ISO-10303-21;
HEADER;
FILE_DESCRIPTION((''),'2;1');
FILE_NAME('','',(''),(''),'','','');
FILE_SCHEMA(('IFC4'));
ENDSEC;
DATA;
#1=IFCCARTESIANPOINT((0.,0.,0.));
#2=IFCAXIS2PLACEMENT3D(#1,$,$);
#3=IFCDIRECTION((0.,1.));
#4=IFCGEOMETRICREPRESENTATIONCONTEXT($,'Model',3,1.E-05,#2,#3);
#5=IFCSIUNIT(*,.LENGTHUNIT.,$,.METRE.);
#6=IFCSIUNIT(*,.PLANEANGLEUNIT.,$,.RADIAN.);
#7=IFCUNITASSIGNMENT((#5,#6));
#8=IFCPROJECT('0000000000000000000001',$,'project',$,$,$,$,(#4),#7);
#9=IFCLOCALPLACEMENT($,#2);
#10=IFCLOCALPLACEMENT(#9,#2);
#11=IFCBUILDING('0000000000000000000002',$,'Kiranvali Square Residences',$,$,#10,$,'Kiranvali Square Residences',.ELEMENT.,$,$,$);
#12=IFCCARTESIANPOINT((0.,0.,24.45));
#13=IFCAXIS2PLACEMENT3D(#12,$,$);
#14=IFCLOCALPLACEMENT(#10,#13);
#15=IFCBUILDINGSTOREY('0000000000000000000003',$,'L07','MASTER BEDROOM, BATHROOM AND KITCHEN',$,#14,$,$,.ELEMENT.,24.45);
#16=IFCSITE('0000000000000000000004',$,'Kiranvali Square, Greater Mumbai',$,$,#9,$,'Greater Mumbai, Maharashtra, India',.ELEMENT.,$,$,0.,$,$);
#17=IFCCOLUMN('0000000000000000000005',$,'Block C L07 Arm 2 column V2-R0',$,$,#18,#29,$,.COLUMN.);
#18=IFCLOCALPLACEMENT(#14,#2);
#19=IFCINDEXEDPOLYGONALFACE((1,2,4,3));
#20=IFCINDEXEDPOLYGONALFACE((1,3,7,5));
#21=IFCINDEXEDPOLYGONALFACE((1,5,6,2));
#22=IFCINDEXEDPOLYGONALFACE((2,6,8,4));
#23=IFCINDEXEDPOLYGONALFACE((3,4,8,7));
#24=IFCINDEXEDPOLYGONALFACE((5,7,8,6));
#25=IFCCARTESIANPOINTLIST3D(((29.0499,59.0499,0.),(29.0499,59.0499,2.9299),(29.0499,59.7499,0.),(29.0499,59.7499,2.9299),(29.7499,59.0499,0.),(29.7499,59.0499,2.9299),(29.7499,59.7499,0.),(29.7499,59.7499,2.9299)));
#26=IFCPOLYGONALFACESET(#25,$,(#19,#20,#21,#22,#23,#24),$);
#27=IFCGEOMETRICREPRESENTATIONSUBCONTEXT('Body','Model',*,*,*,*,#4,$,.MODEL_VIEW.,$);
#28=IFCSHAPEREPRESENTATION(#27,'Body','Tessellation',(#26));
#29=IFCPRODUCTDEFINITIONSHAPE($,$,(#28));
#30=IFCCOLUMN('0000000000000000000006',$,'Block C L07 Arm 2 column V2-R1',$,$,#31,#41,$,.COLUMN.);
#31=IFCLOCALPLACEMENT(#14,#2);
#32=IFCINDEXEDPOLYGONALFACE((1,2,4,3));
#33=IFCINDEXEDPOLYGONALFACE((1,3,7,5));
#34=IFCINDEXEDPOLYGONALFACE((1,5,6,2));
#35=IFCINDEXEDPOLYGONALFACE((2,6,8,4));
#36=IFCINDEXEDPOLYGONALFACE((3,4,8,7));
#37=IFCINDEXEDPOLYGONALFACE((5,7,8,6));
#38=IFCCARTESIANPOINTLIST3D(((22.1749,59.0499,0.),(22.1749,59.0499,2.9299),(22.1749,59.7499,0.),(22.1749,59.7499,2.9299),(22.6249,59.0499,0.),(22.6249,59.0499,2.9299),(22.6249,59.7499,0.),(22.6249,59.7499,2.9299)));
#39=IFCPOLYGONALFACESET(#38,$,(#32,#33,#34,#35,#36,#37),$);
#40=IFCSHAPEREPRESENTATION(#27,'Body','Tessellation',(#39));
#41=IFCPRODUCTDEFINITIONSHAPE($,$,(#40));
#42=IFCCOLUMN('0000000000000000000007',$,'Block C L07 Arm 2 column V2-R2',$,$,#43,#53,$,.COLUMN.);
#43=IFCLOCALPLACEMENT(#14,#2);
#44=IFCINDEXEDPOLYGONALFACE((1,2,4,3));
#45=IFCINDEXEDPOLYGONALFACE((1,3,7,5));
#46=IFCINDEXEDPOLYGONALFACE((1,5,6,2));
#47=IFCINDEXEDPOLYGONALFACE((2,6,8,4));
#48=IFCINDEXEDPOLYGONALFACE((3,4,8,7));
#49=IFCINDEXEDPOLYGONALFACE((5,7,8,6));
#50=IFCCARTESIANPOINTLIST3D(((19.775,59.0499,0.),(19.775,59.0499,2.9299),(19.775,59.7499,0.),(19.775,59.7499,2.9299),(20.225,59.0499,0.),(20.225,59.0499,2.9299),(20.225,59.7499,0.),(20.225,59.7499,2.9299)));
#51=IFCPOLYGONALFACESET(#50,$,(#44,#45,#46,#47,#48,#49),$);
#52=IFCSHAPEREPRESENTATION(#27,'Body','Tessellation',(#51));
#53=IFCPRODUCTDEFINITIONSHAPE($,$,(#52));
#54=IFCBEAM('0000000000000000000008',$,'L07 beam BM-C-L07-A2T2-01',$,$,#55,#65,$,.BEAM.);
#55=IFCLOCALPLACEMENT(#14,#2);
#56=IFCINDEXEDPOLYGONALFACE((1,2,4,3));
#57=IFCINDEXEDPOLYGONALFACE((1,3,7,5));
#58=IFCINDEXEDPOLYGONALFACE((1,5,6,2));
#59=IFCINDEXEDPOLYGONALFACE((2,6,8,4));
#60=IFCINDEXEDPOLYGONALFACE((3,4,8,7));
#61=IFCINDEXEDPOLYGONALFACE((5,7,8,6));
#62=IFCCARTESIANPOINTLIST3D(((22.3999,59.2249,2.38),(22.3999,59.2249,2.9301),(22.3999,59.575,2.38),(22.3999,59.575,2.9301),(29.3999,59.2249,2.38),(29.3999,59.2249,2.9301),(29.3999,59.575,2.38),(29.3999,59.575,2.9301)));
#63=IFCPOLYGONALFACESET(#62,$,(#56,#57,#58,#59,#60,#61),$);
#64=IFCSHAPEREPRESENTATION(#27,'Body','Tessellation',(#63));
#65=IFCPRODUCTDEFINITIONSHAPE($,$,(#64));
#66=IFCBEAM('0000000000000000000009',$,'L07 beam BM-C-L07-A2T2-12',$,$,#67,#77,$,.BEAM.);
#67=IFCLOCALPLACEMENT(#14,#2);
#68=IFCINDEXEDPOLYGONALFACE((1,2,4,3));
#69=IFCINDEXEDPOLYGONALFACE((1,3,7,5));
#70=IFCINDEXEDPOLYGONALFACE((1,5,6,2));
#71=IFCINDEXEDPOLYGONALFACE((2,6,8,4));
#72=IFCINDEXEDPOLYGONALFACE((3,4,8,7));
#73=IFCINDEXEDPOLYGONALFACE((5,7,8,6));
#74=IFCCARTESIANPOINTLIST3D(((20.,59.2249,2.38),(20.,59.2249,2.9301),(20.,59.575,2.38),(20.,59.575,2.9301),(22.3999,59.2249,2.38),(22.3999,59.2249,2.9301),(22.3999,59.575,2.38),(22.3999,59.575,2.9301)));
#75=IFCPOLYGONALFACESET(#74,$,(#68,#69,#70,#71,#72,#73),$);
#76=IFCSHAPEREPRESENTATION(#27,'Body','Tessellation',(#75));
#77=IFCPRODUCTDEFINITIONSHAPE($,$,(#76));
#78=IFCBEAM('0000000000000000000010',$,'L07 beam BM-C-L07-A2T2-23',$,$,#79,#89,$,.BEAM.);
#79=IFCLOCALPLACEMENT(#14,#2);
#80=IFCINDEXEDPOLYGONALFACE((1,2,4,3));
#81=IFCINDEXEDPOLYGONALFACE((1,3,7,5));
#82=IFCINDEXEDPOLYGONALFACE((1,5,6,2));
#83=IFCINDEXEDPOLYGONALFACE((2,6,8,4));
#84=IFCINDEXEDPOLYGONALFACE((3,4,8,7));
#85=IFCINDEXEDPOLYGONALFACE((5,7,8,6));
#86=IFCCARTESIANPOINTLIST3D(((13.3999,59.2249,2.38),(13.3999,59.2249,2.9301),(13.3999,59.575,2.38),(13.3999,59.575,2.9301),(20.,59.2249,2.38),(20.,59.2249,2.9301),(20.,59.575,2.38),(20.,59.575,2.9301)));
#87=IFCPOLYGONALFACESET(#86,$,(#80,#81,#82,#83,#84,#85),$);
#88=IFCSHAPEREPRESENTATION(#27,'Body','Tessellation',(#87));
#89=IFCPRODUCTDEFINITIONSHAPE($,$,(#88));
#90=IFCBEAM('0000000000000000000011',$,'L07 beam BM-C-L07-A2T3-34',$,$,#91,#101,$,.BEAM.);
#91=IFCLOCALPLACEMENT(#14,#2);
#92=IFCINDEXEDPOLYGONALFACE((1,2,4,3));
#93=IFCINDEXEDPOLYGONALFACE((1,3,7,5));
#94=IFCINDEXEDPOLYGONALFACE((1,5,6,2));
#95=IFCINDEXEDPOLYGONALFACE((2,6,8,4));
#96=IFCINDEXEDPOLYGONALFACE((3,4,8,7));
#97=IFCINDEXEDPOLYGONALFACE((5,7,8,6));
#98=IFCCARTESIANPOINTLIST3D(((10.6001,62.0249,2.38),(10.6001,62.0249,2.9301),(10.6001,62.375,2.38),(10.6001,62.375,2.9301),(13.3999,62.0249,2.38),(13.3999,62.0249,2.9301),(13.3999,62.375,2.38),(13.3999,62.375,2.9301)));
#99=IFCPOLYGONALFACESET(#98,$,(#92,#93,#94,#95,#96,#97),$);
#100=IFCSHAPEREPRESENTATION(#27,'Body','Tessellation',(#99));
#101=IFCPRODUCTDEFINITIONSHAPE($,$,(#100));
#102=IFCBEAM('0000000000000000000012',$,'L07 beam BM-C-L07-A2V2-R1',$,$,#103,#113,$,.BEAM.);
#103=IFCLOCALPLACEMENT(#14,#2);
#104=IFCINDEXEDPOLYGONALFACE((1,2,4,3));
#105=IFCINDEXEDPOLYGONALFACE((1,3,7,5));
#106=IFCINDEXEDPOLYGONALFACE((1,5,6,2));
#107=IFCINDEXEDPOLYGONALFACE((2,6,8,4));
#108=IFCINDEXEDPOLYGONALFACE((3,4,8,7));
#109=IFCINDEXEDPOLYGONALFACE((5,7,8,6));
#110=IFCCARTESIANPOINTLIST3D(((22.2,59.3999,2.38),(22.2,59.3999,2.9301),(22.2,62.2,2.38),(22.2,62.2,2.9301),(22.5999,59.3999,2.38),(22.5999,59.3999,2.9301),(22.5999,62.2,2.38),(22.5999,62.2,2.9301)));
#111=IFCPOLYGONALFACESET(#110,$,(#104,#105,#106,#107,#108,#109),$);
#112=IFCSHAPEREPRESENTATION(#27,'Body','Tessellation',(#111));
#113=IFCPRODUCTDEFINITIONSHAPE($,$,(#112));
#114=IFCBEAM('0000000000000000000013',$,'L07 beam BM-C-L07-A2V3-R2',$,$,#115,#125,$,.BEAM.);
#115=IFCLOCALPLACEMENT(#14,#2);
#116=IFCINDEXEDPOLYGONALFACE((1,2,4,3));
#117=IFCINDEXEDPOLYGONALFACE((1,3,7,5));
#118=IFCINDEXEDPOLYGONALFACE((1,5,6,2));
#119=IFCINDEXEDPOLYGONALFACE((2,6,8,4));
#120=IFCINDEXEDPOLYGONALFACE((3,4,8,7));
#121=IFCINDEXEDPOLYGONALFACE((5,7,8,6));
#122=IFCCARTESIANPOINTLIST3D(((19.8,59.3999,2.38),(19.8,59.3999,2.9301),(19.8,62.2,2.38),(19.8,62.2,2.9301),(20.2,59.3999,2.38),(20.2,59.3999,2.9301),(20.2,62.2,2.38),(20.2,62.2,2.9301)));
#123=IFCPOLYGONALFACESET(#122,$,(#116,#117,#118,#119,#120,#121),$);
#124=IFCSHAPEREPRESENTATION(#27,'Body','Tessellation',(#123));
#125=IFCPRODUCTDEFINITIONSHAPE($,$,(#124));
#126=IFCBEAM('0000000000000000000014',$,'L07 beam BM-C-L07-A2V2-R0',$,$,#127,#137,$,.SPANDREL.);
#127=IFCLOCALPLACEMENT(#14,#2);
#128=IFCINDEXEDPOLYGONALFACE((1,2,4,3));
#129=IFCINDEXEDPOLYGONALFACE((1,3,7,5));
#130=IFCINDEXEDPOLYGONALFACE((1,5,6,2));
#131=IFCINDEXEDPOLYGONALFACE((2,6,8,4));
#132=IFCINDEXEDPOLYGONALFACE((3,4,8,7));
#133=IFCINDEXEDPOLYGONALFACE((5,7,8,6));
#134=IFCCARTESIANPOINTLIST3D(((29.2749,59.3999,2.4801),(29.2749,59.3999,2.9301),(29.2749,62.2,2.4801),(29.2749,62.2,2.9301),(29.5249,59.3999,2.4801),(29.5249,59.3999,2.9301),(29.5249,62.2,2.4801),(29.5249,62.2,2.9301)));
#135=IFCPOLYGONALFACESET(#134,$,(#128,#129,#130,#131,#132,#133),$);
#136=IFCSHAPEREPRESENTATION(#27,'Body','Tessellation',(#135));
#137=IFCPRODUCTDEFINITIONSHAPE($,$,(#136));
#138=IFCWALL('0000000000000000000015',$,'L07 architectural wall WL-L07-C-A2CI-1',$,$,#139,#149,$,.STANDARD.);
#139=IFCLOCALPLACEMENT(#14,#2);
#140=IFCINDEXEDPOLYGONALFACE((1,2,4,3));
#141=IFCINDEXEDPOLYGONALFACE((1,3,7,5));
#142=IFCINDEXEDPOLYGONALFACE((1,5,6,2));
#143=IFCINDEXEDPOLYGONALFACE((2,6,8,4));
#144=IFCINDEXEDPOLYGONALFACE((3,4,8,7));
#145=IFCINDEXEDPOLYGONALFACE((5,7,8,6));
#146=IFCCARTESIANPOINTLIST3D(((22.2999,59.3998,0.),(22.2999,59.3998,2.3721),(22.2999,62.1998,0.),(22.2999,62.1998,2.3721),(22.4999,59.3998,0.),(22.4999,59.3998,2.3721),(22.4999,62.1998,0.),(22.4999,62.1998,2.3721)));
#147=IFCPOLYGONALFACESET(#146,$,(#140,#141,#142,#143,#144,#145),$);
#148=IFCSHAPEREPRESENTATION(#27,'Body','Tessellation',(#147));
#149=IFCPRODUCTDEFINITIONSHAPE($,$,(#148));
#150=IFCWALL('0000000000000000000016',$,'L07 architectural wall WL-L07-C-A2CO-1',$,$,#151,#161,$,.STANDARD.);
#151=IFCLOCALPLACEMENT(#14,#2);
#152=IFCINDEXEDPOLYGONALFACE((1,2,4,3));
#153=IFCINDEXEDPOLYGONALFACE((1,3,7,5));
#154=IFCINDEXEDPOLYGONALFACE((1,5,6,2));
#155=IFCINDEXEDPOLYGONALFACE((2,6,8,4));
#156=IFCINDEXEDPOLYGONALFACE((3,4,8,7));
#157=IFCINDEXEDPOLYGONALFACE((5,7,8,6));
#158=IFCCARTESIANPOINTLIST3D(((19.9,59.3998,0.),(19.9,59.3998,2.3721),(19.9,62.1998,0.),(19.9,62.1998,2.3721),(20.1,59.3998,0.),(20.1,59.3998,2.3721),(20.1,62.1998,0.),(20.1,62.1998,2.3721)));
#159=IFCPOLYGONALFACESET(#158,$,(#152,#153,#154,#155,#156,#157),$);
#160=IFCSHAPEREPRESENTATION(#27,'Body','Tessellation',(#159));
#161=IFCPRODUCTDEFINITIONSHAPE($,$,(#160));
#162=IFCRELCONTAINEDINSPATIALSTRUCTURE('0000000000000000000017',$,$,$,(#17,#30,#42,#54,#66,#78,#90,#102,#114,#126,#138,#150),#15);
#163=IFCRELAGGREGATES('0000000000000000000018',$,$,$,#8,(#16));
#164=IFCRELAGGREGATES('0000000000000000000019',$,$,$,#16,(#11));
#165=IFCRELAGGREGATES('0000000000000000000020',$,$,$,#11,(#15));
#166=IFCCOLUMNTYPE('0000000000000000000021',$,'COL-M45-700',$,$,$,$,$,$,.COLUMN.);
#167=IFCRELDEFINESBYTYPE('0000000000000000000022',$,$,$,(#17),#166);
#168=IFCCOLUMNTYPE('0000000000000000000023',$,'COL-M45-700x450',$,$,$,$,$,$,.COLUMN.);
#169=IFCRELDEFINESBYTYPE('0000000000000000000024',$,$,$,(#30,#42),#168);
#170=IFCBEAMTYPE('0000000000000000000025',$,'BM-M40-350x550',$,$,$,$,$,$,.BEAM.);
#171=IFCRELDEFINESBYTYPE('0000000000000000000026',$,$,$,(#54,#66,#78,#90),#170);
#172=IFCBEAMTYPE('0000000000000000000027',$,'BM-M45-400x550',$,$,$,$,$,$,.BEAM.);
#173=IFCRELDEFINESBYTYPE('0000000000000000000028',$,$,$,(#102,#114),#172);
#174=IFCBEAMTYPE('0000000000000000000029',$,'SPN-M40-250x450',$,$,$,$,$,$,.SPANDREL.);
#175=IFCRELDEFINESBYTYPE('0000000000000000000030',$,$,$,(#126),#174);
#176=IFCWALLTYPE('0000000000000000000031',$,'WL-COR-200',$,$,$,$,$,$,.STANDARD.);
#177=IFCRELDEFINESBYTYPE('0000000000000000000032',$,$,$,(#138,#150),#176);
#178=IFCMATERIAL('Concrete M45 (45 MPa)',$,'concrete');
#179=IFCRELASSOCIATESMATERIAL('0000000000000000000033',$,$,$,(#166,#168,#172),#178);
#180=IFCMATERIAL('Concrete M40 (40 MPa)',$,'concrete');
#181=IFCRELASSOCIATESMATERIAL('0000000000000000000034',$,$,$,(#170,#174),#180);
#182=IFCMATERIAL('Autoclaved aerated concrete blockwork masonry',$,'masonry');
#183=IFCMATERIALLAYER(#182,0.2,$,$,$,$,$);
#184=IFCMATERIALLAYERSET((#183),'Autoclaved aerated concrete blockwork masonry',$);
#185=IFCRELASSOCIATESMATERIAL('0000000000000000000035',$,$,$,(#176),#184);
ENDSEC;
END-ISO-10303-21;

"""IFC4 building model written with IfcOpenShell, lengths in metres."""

from ifc_helpers import new_model, si_unit, direction, frame, frame_2d, origin, origin_2d, place, context, subcontext, project, spatial, rectangle, extrude, material, layer, layer_set, material_profile, profile_set, type_object, element, save


model = new_model("IFC4")

# Units and contexts
model_context = context("Model", 3, precision=1e-05, world=origin(), true_north=direction((0.0, 1.0)))
body_context = subcontext(model_context, "Body", "Model", "MODEL_VIEW")
ifc_project = project(units=[si_unit("LENGTHUNIT", "METRE"), si_unit("PLANEANGLEUNIT", "RADIAN")], contexts=[model_context])

# Site, building, storey
site_placement = place(None, origin())
site = spatial("IfcSite", under=ifc_project, at=site_placement, Name="Kiranvali Square, Greater Mumbai", LongName="Greater Mumbai, Maharashtra, India", CompositionType="ELEMENT", RefElevation=0.0)
building_placement = place(site_placement, origin())
building = spatial("IfcBuilding", under=site, at=building_placement, Name="Kiranvali Square Residences", LongName="Kiranvali Square Residences", CompositionType="ELEMENT")
storey_placement = place(building_placement, frame((0.0, 0.0, 24.45)))
storey = spatial("IfcBuildingStorey", under=building, at=storey_placement, Name="L07", Description="MASTER BEDROOM, BATHROOM AND KITCHEN", CompositionType="ELEMENT", Elevation=24.45)

# Columns
ifc_material_1 = material(Name="Concrete M45 (45 MPa)", Category="concrete")
ifc_material_profile_1 = material_profile(ifc_material_1, rectangle(XDim=0.7, YDim=0.7, at=origin_2d()), Name="RC 700x700")
ifc_profile_set_1 = profile_set([ifc_material_profile_1], Name="Concrete M45 (45 MPa)")
column_type_1 = type_object("IfcColumnType", Name="COL-M45-700", PredefinedType="COLUMN", material=ifc_profile_set_1)
column_placement = place(storey_placement, frame((29.3999, 59.3999, 0.0), z_axis=(0.0, 0.0, 1.0), x_axis=(1.0, 0.0, 0.0)))
element("IfcColumn", 1, at=column_placement, inside=storey, type_object=column_type_1, Name="Block C L07 Arm 2 column V2-R0", PredefinedType="COLUMN", context=body_context, shape_type="SweptSolid", body=[
    extrude(rectangle(XDim=0.7, YDim=0.7, at=origin_2d()), origin(), (0.0, 0.0, 1.0), 2.9299),
])
ifc_material_profile_2 = material_profile(ifc_material_1, rectangle(XDim=0.45, YDim=0.7, at=origin_2d()), Name="RC 700x450")
ifc_profile_set_2 = profile_set([ifc_material_profile_2], Name="Concrete M45 (45 MPa)")
column_type_2 = type_object("IfcColumnType", Name="COL-M45-700x450", PredefinedType="COLUMN", material=ifc_profile_set_2)
for number, where, z_axis, x_axis, name in (
    (2, (22.3999, 59.3999, 0.0), (0.0, 0.0, 1.0), (1.0, 0.0, 0.0), "Block C L07 Arm 2 column V2-R1"),
    (3, (20.0, 59.3999, 0.0), (0.0, 0.0, 1.0), (1.0, 0.0, 0.0), "Block C L07 Arm 2 column V2-R2"),
):
    element("IfcColumn", number, at=place(storey_placement, frame(where, z_axis=z_axis, x_axis=x_axis)), inside=storey, type_object=column_type_2, Name=name, PredefinedType="COLUMN", context=body_context, shape_type="SweptSolid", body=[
        extrude(rectangle(XDim=0.45, YDim=0.7, at=origin_2d()), origin(), (0.0, 0.0, 1.0), 2.9299),
    ])

# Beams
ifc_material_2 = material(Name="Concrete M40 (40 MPa)", Category="concrete")
ifc_material_profile_3 = material_profile(ifc_material_2, rectangle(XDim=0.3501, YDim=0.55, at=origin_2d()), Name="RC 350x550")
ifc_profile_set_3 = profile_set([ifc_material_profile_3], Name="Concrete M40 (40 MPa)")
beam_type_1 = type_object("IfcBeamType", Name="BM-M40-350x550", PredefinedType="BEAM", material=ifc_profile_set_3)
beam_1_placement = place(storey_placement, frame((29.3999, 59.3999, 2.655), z_axis=(-1.0, 0.0, 0.0), x_axis=(0.0, -1.0, 0.0)))
element("IfcBeam", 4, at=beam_1_placement, inside=storey, type_object=beam_type_1, Name="L07 beam BM-C-L07-A2T2-01", PredefinedType="BEAM", context=body_context, shape_type="SweptSolid", body=[
    extrude(rectangle(XDim=0.3501, YDim=0.55, at=origin_2d()), origin(), (0.0, 0.0, 1.0), 7.0),
])
beam_2_placement = place(storey_placement, frame((22.3999, 59.3999, 2.655), z_axis=(-1.0, 0.0, 0.0), x_axis=(0.0, -1.0, 0.0)))
element("IfcBeam", 5, at=beam_2_placement, inside=storey, type_object=beam_type_1, Name="L07 beam BM-C-L07-A2T2-12", PredefinedType="BEAM", context=body_context, shape_type="SweptSolid", body=[
    extrude(rectangle(XDim=0.3501, YDim=0.55, at=origin_2d()), origin(), (0.0, 0.0, 1.0), 2.3999),
])
beam_3_placement = place(storey_placement, frame((20.0, 59.3999, 2.655), z_axis=(-1.0, 0.0, 0.0), x_axis=(0.0, -1.0, 0.0)))
element("IfcBeam", 6, at=beam_3_placement, inside=storey, type_object=beam_type_1, Name="L07 beam BM-C-L07-A2T2-23", PredefinedType="BEAM", context=body_context, shape_type="SweptSolid", body=[
    extrude(rectangle(XDim=0.3501, YDim=0.55, at=origin_2d()), origin(), (0.0, 0.0, 1.0), 6.6001),
])
beam_4_placement = place(storey_placement, frame((13.3999, 62.2, 2.655), z_axis=(-1.0, 0.0, 0.0), x_axis=(0.0, -1.0, 0.0)))
element("IfcBeam", 7, at=beam_4_placement, inside=storey, type_object=beam_type_1, Name="L07 beam BM-C-L07-A2T3-34", PredefinedType="BEAM", context=body_context, shape_type="SweptSolid", body=[
    extrude(rectangle(XDim=0.3501, YDim=0.55, at=origin_2d()), origin(), (0.0, 0.0, 1.0), 2.7998),
])
ifc_material_profile_4 = material_profile(ifc_material_1, rectangle(XDim=0.3999, YDim=0.55, at=origin_2d()), Name="RC 400x550")
ifc_profile_set_4 = profile_set([ifc_material_profile_4], Name="Concrete M45 (45 MPa)")
beam_type_2 = type_object("IfcBeamType", Name="BM-M45-400x550", PredefinedType="BEAM", material=ifc_profile_set_4)
for number, where, z_axis, x_axis, name in (
    (8, (22.3999, 59.3999, 2.655), (0.0, 1.0, 0.0), (-1.0, 0.0, 0.0), "L07 beam BM-C-L07-A2V2-R1"),
    (9, (20.0, 59.3999, 2.655), (0.0, 1.0, 0.0), (-1.0, 0.0, 0.0), "L07 beam BM-C-L07-A2V3-R2"),
):
    element("IfcBeam", number, at=place(storey_placement, frame(where, z_axis=z_axis, x_axis=x_axis)), inside=storey, type_object=beam_type_2, Name=name, PredefinedType="BEAM", context=body_context, shape_type="SweptSolid", body=[
        extrude(rectangle(XDim=0.3999, YDim=0.55, at=origin_2d()), origin(), (0.0, 0.0, 1.0), 2.8),
    ])
ifc_material_profile_5 = material_profile(ifc_material_2, rectangle(XDim=0.25, YDim=0.45, at=origin_2d()), Name="RC 250x450")
ifc_profile_set_5 = profile_set([ifc_material_profile_5], Name="Concrete M40 (40 MPa)")
beam_type_3 = type_object("IfcBeamType", Name="SPN-M40-250x450", PredefinedType="SPANDREL", material=ifc_profile_set_5)
beam_5_placement = place(storey_placement, frame((29.3999, 59.3999, 2.7051), z_axis=(0.0, 1.0, 0.0), x_axis=(-1.0, 0.0, 0.0)))
element("IfcBeam", 10, at=beam_5_placement, inside=storey, type_object=beam_type_3, Name="L07 beam BM-C-L07-A2V2-R0", PredefinedType="SPANDREL", context=body_context, shape_type="SweptSolid", body=[
    extrude(rectangle(XDim=0.25, YDim=0.45, at=origin_2d()), origin(), (0.0, 0.0, 1.0), 2.8),
])

# Walls
ifc_material_3 = material(Name="Autoclaved aerated concrete blockwork masonry", Category="masonry")
ifc_layer_1 = layer(ifc_material_3, 0.2)
ifc_layer_set_1 = layer_set([ifc_layer_1], Name="Autoclaved aerated concrete blockwork masonry")
wall_type_1 = type_object("IfcWallType", Name="WL-COR-200", PredefinedType="STANDARD", material=ifc_layer_set_1)
for number, where, z_axis, x_axis, name in (
    (11, (22.3999, 59.3999, 0.0), (0.0, 0.0, 1.0), (0.0, 1.0, 0.0), "L07 architectural wall WL-L07-C-A2CI-1"),
    (12, (20.0, 59.3999, 0.0), (0.0, 0.0, 1.0), (0.0, 1.0, 0.0), "L07 architectural wall WL-L07-C-A2CO-1"),
):
    element("IfcWall", number, at=place(storey_placement, frame(where, z_axis=z_axis, x_axis=x_axis)), inside=storey, type_object=wall_type_1, Name=name, PredefinedType="STANDARD", context=body_context, shape_type="SweptSolid", body=[
        extrude(rectangle(XDim=2.8, YDim=0.2, at=frame_2d((1.3999, 0.0))), origin(), (0.0, 0.0, 1.0), 2.3721),
    ])

save(model, "model.ifc")
